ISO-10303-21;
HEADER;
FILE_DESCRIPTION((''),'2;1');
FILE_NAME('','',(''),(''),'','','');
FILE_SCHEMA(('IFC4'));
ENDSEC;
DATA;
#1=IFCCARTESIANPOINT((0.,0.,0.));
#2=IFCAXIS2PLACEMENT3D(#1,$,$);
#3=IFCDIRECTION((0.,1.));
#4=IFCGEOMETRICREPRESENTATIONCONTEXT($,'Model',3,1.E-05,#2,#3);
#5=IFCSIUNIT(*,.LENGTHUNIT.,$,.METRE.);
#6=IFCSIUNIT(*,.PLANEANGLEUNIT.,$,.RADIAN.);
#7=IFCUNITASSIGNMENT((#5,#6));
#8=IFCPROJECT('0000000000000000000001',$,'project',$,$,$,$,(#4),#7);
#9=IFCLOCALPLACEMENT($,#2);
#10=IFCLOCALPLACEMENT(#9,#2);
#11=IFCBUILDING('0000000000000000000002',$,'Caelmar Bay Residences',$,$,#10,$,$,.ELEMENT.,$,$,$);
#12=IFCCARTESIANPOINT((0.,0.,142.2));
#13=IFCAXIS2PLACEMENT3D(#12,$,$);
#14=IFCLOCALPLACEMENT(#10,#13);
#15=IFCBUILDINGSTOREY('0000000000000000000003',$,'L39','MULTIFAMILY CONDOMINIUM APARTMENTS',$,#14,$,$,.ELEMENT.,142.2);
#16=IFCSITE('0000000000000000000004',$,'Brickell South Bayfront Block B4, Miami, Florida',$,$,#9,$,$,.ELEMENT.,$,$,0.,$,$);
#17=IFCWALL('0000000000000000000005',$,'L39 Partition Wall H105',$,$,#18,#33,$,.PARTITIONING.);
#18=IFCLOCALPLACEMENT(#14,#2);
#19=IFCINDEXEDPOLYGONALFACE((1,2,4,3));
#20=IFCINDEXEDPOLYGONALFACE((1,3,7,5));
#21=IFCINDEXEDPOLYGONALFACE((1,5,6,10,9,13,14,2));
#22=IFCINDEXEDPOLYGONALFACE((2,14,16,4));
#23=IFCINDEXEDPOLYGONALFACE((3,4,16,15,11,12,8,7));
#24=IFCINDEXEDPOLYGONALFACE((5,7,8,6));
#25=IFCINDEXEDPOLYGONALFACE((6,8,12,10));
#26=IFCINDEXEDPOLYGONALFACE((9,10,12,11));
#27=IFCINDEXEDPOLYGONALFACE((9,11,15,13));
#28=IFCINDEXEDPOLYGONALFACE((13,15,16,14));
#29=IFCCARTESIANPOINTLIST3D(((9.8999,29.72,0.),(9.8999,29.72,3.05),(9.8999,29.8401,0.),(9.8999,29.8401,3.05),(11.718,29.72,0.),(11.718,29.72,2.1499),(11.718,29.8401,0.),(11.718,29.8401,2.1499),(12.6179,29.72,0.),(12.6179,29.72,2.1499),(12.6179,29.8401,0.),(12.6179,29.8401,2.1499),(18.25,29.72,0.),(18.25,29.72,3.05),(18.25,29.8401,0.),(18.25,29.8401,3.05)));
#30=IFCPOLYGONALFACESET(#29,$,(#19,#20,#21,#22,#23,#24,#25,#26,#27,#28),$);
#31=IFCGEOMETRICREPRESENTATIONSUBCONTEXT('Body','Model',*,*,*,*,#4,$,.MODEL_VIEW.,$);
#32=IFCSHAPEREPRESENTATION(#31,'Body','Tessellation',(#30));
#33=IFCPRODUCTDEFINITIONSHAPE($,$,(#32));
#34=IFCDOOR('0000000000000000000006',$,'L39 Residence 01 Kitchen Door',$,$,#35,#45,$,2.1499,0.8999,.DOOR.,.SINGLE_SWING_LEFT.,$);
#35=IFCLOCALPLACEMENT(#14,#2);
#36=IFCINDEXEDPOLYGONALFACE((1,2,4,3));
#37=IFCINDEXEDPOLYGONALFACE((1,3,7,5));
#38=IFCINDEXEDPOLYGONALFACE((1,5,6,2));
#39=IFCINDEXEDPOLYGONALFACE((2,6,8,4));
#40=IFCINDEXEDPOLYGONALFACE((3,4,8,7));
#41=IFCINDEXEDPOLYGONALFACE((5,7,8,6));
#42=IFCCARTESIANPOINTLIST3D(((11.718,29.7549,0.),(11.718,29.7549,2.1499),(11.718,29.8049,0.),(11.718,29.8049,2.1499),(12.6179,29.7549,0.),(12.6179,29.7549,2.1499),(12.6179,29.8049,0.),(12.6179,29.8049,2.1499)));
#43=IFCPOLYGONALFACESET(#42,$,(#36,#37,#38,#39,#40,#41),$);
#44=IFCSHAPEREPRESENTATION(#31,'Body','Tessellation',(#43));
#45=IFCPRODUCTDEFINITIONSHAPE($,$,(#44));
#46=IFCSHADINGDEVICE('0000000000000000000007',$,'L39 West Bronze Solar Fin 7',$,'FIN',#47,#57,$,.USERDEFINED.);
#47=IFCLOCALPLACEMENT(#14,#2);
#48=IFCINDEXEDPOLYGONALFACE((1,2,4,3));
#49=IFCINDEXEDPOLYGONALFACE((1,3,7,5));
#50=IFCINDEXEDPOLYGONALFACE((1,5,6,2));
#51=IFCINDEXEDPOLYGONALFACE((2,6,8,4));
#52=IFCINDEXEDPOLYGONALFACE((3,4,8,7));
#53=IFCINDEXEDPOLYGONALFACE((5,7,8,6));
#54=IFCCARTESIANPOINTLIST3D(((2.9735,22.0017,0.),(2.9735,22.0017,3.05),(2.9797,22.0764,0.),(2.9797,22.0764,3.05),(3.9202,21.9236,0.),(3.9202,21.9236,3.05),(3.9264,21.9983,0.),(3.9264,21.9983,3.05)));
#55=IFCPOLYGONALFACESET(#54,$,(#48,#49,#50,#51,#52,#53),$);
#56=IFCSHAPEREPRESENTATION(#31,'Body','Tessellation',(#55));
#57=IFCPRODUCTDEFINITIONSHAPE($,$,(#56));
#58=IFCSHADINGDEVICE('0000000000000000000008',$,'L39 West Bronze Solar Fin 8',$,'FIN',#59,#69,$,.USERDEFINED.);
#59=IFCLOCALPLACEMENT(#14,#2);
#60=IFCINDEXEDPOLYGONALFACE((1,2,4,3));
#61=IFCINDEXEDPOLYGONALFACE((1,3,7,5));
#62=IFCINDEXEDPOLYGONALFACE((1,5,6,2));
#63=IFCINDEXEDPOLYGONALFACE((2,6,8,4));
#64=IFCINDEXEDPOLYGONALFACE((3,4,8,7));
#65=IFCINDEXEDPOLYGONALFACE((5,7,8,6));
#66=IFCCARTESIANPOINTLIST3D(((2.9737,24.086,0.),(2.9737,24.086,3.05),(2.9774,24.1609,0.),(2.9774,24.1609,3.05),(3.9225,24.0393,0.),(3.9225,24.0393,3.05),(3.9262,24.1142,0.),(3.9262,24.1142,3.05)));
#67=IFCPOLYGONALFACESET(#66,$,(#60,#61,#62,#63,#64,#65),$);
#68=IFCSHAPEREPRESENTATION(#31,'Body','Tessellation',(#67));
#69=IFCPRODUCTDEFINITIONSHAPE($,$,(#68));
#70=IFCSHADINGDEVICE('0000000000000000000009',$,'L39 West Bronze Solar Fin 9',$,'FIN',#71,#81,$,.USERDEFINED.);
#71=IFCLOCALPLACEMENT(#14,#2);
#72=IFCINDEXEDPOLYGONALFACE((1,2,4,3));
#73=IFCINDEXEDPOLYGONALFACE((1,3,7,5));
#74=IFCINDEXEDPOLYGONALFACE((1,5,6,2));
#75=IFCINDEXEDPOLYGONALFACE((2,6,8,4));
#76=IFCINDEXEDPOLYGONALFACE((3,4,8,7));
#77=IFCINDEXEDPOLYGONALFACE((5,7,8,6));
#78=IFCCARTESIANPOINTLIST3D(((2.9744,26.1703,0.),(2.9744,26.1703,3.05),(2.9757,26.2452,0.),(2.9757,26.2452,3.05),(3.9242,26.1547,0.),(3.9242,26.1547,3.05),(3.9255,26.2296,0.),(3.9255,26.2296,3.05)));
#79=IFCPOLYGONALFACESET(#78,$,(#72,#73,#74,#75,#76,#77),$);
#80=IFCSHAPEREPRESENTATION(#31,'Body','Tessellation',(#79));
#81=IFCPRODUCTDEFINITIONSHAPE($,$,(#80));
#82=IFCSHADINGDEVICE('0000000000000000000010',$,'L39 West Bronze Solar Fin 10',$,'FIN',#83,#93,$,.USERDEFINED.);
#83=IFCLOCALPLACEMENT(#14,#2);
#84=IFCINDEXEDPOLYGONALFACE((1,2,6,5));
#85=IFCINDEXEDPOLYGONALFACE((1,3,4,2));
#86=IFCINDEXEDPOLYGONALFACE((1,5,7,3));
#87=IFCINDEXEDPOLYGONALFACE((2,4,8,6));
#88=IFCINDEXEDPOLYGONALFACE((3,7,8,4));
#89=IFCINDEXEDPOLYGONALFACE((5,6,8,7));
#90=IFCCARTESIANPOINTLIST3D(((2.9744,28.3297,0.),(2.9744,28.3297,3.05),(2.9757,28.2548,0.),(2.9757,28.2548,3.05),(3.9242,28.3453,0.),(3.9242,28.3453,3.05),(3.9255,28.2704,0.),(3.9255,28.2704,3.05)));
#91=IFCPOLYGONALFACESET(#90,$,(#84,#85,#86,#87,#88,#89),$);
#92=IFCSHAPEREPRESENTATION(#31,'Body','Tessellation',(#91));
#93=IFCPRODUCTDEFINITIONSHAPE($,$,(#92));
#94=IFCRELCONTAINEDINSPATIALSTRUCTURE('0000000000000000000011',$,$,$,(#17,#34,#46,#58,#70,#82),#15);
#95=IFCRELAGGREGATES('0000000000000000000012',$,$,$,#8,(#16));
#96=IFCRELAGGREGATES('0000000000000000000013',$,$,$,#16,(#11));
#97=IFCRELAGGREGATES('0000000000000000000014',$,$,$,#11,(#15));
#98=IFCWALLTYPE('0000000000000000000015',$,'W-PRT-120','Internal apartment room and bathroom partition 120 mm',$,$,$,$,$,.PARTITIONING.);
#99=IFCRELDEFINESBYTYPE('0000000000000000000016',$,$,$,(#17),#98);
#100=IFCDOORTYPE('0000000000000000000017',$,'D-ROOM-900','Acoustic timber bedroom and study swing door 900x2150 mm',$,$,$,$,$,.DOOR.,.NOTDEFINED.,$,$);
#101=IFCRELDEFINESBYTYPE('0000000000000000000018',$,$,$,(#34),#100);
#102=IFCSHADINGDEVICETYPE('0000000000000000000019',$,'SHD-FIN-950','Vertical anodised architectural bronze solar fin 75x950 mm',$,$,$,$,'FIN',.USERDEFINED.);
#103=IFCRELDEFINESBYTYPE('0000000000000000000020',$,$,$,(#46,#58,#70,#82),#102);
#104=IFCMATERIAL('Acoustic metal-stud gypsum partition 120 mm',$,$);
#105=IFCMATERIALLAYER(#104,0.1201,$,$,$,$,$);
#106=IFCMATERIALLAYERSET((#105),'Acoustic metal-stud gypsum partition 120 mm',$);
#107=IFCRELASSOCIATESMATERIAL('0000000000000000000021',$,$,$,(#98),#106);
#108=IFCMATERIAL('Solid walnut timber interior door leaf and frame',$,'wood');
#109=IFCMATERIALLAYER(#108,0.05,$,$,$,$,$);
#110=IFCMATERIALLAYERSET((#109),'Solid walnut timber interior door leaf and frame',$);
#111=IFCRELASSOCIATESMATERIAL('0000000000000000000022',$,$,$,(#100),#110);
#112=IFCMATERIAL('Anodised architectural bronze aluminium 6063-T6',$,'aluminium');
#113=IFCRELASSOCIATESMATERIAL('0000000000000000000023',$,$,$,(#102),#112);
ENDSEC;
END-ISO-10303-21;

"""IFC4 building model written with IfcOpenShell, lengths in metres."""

from ifc_helpers import new_model, si_unit, direction, frame, frame_2d, origin, origin_2d, place, context, subcontext, project, spatial, rectangle, extrude, material, layer, layer_set, material_profile, profile_set, type_object, element, fill, save


model = new_model("IFC4")

# Units and contexts
model_context = context("Model", 3, precision=1e-05, world=origin(), true_north=direction((0.0, 1.0)))
body_context = subcontext(model_context, "Body", "Model", "MODEL_VIEW")
ifc_project = project(units=[si_unit("LENGTHUNIT", "METRE"), si_unit("PLANEANGLEUNIT", "RADIAN")], contexts=[model_context])

# Site, building, storey
site_placement = place(None, origin())
site = spatial("IfcSite", under=ifc_project, at=site_placement, Name="Brickell South Bayfront Block B4, Miami, Florida", CompositionType="ELEMENT", RefElevation=0.0)
building_placement = place(site_placement, origin())
building = spatial("IfcBuilding", under=site, at=building_placement, Name="Caelmar Bay Residences", CompositionType="ELEMENT")
storey_placement = place(building_placement, frame((0.0, 0.0, 142.2)))
storey = spatial("IfcBuildingStorey", under=building, at=storey_placement, Name="L39", Description="MULTIFAMILY CONDOMINIUM APARTMENTS", CompositionType="ELEMENT", Elevation=142.2)

# Shared definitions
ifc_material_1 = material(Name="Acoustic metal-stud gypsum partition 120 mm")
ifc_layer_1 = layer(ifc_material_1, 0.1201)
ifc_layer_set_1 = layer_set([ifc_layer_1], Name="Acoustic metal-stud gypsum partition 120 mm")
wall_type_1 = type_object("IfcWallType", Name="W-PRT-120", Description="Internal apartment room and bathroom partition 120 mm", PredefinedType="PARTITIONING", material=ifc_layer_set_1)

# Shared definitions
ifc_material_2 = material(Name="Solid walnut timber interior door leaf and frame", Category="wood")
ifc_layer_2 = layer(ifc_material_2, 0.05)
ifc_layer_set_2 = layer_set([ifc_layer_2], Name="Solid walnut timber interior door leaf and frame")
door_type = type_object("IfcDoorType", Name="D-ROOM-900", Description="Acoustic timber bedroom and study swing door 900x2150 mm", OperationType="NOTDEFINED", PredefinedType="DOOR", material=ifc_layer_set_2)

# Wall, opening, door
wall_1_placement = place(storey_placement, frame((9.8999, 29.78, 0.0), z_axis=(0.0, 0.0, 1.0), x_axis=(1.0, 0.0, 0.0)))
wall_1 = element("IfcWall", 1, at=wall_1_placement, inside=storey, type_object=wall_type_1, Name="L39 Partition Wall H105", PredefinedType="PARTITIONING", context=body_context, shape_type="SweptSolid", body=[
    extrude(rectangle(XDim=8.3501, YDim=0.1201, at=frame_2d((4.175, 0.0))), origin(), (0.0, 0.0, 1.0), 3.05),
])
opening_1_placement = place(wall_1_placement, frame((1.8181, 0.0, 0.0)))
opening_1 = element("IfcOpeningElement", 2, at=opening_1_placement, cuts=wall_1, PredefinedType="OPENING", context=body_context, shape_type="SweptSolid", body=[
    extrude(rectangle(XDim=0.8999, YDim=2.1499, at=frame_2d((0.45, 1.075))), frame((0.0, 0.0701, 0.0), z_axis=(0.0, -1.0, 0.0), x_axis=(1.0, 0.0, 0.0)), (0.0, 0.0, 1.0), 0.1401),
])
door_1_placement = place(opening_1_placement, origin())
door_1 = element("IfcDoor", 3, at=door_1_placement, inside=storey, type_object=door_type, Name="L39 Residence 01 Kitchen Door", OperationType="SINGLE_SWING_LEFT", OverallHeight=2.1499, OverallWidth=0.8999, PredefinedType="DOOR", context=body_context, shape_type="SweptSolid", body=[
    extrude(rectangle(XDim=0.8999, YDim=2.1499, at=frame_2d((0.45, 1.075))), frame((0.0, 0.0249, 0.0), z_axis=(0.0, -1.0, 0.0), x_axis=(1.0, 0.0, 0.0)), (0.0, 0.0, 1.0), 0.05),
])
fill(opening_1, door_1)

# Shading devices
ifc_material_3 = material(Name="Anodised architectural bronze aluminium 6063-T6", Category="aluminium")
ifc_material_profile_1 = material_profile(ifc_material_3, rectangle(XDim=0.075, YDim=0.95, at=origin_2d()), Name="BRONZE-FIN-75X950")
ifc_profile_set_1 = profile_set([ifc_material_profile_1], Name="Anodised architectural bronze aluminium 6063-T6")
shading_device_type = type_object("IfcShadingDeviceType", Name="SHD-FIN-950", Description="Vertical anodised architectural bronze solar fin 75x950 mm", ElementType="FIN", PredefinedType="USERDEFINED", material=ifc_profile_set_1)
for number, where, z_axis, x_axis, name in (
    (4, (3.45, 22.0, 0.0), (0.0, 0.0, 1.0), (0.082112, 0.996623, 0.0), "L39 West Bronze Solar Fin 7"),
    (5, (3.45, 24.1001, 0.0), (0.0, 0.0, 1.0), (0.049198, 0.998789, 0.0), "L39 West Bronze Solar Fin 8"),
    (6, (3.45, 26.2, 0.0), (0.0, 0.0, 1.0), (0.016405, 0.999865, 0.0), "L39 West Bronze Solar Fin 9"),
    (7, (3.45, 28.3, 0.0), (0.0, 0.0, 1.0), (-0.016405, 0.999865, 0.0), "L39 West Bronze Solar Fin 10"),
):
    element("IfcShadingDevice", number, at=place(storey_placement, frame(where, z_axis=z_axis, x_axis=x_axis)), inside=storey, type_object=shading_device_type, Name=name, ObjectType="FIN", PredefinedType="USERDEFINED", context=body_context, shape_type="SweptSolid", body=[
        extrude(rectangle(XDim=0.075, YDim=0.95, at=origin_2d()), origin(), (0.0, 0.0, 1.0), 3.05),
    ])

save(model, "model.ifc")
